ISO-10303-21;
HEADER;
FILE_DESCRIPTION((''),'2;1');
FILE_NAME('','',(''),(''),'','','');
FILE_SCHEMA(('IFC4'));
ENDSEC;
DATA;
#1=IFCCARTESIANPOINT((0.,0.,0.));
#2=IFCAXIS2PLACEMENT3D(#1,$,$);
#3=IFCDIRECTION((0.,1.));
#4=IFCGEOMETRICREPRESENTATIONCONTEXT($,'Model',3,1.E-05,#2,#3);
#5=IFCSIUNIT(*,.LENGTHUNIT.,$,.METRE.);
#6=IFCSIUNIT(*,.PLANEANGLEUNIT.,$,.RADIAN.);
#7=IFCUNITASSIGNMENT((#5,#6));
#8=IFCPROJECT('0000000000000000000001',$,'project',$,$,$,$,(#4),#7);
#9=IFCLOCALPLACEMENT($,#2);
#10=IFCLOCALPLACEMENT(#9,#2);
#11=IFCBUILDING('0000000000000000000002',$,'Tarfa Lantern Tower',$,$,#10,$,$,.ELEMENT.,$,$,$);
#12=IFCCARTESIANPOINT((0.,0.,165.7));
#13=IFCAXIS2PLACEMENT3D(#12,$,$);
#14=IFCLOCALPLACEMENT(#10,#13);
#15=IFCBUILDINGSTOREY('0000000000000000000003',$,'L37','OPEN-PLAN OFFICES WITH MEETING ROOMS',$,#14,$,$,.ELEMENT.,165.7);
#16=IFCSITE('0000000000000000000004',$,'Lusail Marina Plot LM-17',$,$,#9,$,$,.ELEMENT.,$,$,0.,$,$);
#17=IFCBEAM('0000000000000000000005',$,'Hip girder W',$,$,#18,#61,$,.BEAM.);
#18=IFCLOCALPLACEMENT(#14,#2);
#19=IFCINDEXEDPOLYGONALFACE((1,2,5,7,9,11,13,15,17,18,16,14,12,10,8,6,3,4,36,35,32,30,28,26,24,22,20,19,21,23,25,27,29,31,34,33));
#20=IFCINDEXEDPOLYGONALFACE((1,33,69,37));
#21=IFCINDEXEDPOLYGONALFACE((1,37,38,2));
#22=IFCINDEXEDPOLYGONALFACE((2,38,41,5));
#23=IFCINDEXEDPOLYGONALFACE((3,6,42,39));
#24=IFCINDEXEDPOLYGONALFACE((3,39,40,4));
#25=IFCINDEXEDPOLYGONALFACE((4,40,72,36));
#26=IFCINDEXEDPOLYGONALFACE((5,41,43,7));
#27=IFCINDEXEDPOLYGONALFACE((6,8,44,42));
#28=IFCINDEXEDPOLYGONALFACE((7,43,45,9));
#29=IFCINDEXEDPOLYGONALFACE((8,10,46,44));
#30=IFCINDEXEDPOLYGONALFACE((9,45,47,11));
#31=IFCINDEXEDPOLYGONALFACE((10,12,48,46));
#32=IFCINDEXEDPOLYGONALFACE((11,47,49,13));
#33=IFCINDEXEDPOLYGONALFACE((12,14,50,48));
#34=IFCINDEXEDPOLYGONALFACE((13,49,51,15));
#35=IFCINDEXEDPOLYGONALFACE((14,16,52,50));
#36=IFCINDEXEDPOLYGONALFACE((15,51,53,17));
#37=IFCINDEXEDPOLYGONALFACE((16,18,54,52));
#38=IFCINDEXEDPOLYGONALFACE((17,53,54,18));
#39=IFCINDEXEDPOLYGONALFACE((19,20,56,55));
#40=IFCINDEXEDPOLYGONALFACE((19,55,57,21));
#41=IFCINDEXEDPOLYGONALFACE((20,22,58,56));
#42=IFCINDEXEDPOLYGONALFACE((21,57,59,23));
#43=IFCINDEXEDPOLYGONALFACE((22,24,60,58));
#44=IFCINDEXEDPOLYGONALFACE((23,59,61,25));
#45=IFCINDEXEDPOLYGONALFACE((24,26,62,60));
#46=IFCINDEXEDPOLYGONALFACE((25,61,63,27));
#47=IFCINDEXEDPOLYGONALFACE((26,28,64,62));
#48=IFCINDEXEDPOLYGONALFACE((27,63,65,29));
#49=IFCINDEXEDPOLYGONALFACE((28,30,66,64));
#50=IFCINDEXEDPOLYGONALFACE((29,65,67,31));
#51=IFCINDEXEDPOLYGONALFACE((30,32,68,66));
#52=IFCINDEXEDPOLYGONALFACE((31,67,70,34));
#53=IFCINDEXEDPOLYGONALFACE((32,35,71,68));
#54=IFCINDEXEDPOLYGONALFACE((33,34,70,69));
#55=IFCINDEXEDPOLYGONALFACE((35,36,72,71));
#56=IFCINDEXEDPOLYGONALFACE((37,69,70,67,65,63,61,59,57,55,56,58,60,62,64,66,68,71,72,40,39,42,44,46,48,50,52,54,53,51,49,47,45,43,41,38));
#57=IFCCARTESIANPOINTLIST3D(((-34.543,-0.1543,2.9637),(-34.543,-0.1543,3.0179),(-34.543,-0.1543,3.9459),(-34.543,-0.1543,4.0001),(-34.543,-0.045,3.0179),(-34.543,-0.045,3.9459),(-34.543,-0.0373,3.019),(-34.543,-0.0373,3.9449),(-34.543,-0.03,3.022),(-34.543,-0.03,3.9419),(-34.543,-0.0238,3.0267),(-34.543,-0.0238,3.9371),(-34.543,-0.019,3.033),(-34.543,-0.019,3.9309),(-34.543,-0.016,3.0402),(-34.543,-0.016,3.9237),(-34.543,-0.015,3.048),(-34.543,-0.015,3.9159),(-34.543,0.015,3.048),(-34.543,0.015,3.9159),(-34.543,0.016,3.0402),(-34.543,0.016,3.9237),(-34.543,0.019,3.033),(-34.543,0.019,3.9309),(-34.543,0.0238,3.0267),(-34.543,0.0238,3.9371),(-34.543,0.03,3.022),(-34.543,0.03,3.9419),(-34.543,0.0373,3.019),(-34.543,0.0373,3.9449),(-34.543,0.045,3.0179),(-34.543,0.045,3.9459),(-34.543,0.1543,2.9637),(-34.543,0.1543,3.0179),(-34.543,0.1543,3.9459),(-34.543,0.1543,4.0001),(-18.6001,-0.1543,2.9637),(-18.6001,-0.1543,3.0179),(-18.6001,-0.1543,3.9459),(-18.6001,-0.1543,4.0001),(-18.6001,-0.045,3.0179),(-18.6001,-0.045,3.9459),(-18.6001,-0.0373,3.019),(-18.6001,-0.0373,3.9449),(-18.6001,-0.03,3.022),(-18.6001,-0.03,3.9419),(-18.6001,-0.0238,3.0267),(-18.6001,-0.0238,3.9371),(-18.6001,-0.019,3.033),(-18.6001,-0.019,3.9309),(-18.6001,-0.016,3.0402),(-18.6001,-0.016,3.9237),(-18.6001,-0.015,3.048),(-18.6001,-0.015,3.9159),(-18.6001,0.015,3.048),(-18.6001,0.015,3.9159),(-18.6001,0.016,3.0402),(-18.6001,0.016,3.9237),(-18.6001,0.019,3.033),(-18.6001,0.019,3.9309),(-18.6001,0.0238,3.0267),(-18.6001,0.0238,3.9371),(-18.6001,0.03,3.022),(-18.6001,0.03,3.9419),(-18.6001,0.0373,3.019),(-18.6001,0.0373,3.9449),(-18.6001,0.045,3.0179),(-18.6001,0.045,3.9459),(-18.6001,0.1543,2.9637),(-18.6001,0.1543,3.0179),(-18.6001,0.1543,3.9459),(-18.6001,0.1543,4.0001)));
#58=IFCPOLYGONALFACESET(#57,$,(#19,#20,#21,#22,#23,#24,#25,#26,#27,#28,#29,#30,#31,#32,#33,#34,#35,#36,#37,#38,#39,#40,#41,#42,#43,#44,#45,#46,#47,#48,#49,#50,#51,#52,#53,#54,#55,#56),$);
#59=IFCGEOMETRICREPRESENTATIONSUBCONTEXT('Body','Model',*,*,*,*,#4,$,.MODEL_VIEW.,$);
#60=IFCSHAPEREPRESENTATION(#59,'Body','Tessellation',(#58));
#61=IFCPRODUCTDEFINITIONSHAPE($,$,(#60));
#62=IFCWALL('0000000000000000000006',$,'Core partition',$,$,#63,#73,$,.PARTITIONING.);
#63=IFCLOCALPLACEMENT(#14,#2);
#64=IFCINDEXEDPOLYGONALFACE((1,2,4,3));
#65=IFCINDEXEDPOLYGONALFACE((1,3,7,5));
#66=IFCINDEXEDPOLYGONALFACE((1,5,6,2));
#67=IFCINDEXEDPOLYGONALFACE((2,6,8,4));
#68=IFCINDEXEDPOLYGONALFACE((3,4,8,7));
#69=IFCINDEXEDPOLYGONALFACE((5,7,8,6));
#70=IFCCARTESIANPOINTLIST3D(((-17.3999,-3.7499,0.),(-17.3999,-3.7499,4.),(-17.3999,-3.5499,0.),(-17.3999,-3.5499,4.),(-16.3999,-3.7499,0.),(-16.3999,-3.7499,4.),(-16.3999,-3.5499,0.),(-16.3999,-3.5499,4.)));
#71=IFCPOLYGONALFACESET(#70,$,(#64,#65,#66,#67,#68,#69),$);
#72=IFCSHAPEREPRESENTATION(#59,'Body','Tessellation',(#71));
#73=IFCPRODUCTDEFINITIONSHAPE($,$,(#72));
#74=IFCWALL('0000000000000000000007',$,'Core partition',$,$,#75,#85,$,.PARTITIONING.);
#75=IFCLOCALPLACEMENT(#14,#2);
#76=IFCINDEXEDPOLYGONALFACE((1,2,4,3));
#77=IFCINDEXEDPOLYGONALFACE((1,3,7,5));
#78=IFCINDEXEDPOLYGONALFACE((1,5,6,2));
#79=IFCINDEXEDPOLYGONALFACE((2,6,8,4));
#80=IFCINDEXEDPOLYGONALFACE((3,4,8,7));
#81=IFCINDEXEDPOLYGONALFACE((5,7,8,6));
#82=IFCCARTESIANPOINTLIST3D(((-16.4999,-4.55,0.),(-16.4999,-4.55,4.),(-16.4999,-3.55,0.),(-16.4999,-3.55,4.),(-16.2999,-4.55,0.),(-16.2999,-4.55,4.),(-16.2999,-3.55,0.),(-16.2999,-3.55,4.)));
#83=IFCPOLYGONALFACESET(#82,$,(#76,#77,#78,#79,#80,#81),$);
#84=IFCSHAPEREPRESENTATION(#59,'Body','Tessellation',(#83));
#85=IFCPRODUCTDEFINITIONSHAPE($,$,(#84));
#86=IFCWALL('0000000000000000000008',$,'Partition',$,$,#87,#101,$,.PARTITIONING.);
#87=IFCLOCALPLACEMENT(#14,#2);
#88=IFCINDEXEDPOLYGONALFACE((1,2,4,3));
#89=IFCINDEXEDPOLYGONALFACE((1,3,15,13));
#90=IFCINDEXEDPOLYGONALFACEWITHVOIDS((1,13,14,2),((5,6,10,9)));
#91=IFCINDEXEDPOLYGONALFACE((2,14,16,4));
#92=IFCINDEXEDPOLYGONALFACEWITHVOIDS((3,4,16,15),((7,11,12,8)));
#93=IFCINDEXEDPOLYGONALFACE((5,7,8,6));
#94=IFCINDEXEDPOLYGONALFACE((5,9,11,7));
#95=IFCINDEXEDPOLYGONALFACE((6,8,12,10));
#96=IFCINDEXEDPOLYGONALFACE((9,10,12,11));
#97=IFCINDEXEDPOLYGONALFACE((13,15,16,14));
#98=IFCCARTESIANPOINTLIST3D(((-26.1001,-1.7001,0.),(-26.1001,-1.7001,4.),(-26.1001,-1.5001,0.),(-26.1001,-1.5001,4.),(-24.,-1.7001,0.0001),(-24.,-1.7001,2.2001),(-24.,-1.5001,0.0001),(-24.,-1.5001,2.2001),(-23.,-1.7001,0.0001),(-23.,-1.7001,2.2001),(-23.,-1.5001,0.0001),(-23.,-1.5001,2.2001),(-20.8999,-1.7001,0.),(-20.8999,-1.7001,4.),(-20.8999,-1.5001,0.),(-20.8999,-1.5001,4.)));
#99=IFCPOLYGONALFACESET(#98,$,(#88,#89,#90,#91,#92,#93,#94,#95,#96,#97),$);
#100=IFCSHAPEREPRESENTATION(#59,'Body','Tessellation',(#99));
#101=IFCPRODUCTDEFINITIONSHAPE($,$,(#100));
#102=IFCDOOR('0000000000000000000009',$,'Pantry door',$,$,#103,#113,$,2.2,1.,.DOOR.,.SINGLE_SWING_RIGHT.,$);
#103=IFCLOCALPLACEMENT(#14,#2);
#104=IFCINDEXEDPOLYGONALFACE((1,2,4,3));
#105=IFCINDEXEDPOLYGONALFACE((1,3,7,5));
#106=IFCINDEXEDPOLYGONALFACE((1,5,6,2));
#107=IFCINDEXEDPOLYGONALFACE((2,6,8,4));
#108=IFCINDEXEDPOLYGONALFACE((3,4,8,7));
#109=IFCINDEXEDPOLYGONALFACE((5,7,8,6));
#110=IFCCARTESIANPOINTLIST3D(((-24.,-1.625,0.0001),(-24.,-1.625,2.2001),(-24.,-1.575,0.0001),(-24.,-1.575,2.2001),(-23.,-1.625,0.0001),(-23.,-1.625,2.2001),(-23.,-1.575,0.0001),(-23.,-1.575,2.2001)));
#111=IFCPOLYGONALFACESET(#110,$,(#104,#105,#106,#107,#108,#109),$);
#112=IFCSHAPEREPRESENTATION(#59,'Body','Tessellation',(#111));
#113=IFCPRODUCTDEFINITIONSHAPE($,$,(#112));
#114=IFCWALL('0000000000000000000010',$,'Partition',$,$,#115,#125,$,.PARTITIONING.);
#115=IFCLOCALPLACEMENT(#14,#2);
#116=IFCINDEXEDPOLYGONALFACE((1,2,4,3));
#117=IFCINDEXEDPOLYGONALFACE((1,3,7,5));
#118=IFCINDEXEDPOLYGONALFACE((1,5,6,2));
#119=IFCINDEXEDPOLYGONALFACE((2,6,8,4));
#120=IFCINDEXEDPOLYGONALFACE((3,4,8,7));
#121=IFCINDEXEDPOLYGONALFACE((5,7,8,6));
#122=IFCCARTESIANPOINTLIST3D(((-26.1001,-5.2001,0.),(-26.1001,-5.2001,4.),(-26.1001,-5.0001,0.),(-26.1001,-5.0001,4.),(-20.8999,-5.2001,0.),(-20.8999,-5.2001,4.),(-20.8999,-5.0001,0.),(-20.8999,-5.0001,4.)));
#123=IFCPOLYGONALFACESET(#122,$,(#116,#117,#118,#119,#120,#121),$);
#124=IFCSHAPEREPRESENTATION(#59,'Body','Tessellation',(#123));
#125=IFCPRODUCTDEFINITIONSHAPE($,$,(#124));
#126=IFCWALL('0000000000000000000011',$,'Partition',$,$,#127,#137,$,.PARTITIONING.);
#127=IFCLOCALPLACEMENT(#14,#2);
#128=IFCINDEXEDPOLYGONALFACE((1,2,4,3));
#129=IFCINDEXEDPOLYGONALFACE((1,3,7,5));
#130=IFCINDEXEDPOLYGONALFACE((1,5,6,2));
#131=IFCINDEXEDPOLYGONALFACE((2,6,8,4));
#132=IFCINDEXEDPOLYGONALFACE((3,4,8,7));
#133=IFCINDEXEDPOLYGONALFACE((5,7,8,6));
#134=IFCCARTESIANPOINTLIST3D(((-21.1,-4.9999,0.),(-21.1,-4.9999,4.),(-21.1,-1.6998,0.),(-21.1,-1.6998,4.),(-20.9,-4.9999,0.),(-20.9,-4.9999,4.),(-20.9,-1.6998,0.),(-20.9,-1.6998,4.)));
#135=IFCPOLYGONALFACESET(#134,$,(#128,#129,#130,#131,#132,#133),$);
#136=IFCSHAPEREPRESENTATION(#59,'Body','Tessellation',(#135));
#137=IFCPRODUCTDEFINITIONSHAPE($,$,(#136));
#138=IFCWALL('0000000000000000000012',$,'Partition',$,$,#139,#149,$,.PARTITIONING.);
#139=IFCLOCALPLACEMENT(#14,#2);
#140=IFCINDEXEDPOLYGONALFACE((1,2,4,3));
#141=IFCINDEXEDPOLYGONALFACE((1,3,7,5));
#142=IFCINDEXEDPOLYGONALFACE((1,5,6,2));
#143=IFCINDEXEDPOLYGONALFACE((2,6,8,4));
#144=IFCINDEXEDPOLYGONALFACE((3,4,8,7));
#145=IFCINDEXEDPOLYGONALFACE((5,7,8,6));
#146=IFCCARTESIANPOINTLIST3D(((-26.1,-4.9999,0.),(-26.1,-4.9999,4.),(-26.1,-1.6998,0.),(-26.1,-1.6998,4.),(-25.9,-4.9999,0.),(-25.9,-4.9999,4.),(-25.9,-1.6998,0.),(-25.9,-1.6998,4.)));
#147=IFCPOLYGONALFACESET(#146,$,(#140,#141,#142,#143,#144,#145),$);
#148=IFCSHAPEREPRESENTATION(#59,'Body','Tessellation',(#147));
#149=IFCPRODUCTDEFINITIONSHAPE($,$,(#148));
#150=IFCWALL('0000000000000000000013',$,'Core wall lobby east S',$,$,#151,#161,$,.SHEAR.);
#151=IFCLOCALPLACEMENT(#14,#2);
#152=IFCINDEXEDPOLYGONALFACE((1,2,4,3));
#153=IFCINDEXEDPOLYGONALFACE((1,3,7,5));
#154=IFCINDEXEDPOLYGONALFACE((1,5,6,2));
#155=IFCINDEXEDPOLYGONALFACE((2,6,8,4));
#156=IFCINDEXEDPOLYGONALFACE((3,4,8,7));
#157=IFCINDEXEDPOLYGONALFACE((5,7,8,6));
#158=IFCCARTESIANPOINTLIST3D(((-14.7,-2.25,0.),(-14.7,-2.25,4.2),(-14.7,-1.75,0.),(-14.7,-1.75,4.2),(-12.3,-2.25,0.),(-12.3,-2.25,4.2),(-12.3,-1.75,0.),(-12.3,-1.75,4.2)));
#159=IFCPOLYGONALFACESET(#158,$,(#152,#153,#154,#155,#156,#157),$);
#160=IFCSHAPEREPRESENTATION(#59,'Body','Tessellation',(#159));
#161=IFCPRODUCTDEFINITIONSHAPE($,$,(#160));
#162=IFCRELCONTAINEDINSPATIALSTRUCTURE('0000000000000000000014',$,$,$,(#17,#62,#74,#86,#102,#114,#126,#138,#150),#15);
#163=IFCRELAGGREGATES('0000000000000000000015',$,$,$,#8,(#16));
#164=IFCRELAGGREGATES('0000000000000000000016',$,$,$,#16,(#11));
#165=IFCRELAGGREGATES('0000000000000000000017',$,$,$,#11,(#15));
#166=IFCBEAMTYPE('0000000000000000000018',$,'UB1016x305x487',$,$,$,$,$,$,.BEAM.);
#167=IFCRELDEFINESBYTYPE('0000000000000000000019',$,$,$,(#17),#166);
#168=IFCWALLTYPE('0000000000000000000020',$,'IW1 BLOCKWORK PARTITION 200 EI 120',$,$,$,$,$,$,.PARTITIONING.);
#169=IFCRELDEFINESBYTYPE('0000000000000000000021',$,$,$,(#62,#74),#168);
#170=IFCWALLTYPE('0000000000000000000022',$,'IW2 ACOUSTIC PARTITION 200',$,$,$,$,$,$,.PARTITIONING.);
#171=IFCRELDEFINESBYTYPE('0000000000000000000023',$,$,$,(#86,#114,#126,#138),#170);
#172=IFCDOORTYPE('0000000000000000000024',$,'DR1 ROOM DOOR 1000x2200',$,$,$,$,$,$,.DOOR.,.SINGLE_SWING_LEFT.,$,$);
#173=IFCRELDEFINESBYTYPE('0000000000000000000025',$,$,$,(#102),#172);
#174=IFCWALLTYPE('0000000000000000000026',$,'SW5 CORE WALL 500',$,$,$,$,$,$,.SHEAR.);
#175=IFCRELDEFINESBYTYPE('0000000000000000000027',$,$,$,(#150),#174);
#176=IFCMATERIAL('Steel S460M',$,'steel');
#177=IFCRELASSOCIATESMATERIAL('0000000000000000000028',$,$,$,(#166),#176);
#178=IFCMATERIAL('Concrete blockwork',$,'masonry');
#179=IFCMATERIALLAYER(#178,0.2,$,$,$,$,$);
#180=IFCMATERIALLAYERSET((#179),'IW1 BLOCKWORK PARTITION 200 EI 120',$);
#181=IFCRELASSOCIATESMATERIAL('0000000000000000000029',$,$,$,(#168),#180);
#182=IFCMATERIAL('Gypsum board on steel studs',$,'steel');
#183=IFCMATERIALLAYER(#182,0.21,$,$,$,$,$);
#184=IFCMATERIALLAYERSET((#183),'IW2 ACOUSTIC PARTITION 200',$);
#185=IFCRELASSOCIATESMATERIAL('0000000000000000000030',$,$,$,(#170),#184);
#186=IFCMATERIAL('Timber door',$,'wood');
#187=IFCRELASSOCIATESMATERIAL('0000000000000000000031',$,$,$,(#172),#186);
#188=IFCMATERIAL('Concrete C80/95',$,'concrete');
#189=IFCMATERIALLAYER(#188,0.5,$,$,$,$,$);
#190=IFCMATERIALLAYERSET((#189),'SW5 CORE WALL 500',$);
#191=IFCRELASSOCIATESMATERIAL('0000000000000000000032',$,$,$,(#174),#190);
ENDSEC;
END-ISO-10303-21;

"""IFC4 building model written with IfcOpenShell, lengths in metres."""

from ifc_helpers import new_model, si_unit, direction, frame, frame_2d, origin, origin_2d, place, context, subcontext, project, spatial, rectangle, i_section, extrude, material, layer, layer_set, material_profile, profile_set, type_object, element, fill, save


model = new_model("IFC4")

# Units and contexts
model_context = context("Model", 3, precision=1e-05, world=origin(), true_north=direction((0.0, 1.0)))
body_context = subcontext(model_context, "Body", "Model", "MODEL_VIEW")
ifc_project = project(units=[si_unit("LENGTHUNIT", "METRE"), si_unit("PLANEANGLEUNIT", "RADIAN")], contexts=[model_context])

# Site, building, storey
site_placement = place(None, origin())
site = spatial("IfcSite", under=ifc_project, at=site_placement, Name="Lusail Marina Plot LM-17", CompositionType="ELEMENT", RefElevation=0.0)
building_placement = place(site_placement, origin())
building = spatial("IfcBuilding", under=site, at=building_placement, Name="Tarfa Lantern Tower", CompositionType="ELEMENT")
storey_placement = place(building_placement, frame((0.0, 0.0, 165.7)))
storey = spatial("IfcBuildingStorey", under=building, at=storey_placement, Name="L37", Description="OPEN-PLAN OFFICES WITH MEETING ROOMS", CompositionType="ELEMENT", Elevation=165.7)

# Beam
ifc_material_1 = material(Name="Steel S460M", Category="steel")
ifc_material_profile = material_profile(ifc_material_1, i_section(OverallWidth=0.3086, OverallDepth=1.0364, WebThickness=0.03, FlangeThickness=0.0542, FilletRadius=0.03, at=origin_2d()), Name="UB1016x305x487")
ifc_profile_set = profile_set([ifc_material_profile], Name="Steel S460M")
beam_type = type_object("IfcBeamType", Name="UB1016x305x487", PredefinedType="BEAM", material=ifc_profile_set)
beam_placement = place(storey_placement, frame((-18.6001, 0.0, 3.4819), z_axis=(-1.0, 0.0, 0.0), x_axis=(0.0, -1.0, 0.0)))
element("IfcBeam", 1, at=beam_placement, inside=storey, type_object=beam_type, Name="Hip girder W", PredefinedType="BEAM", context=body_context, shape_type="SweptSolid", body=[
    extrude(i_section(OverallWidth=0.3086, OverallDepth=1.0364, WebThickness=0.03, FlangeThickness=0.0542, FilletRadius=0.03, at=origin_2d()), origin(), (0.0, 0.0, 1.0), 15.9429),
])

# Walls
ifc_material_2 = material(Name="Concrete blockwork", Category="masonry")
ifc_layer_1 = layer(ifc_material_2, 0.2)
ifc_layer_set_1 = layer_set([ifc_layer_1], Name="IW1 BLOCKWORK PARTITION 200 EI 120")
wall_type_1 = type_object("IfcWallType", Name="IW1 BLOCKWORK PARTITION 200 EI 120", PredefinedType="PARTITIONING", material=ifc_layer_set_1)
for number, where, z_axis, x_axis, name in (
    (2, (-16.3999, -3.6499, 0.0), (0.0, 0.0, 1.0), (-1.0, 0.0, 0.0), "Core partition"),
    (3, (-16.3999, -3.55, 0.0), (0.0, 0.0, 1.0), (0.0, -1.0, 0.0), "Core partition"),
):
    element("IfcWall", number, at=place(storey_placement, frame(where, z_axis=z_axis, x_axis=x_axis)), inside=storey, type_object=wall_type_1, Name=name, PredefinedType="PARTITIONING", context=body_context, shape_type="SweptSolid", body=[
        extrude(rectangle(XDim=1.0, YDim=0.2, at=frame_2d((0.5, 0.0))), origin(), (0.0, 0.0, 1.0), 4.0),
    ])

# Wall, opening, door
ifc_material_3 = material(Name="Gypsum board on steel studs", Category="steel")
ifc_layer_2 = layer(ifc_material_3, 0.21)
ifc_layer_set_2 = layer_set([ifc_layer_2], Name="IW2 ACOUSTIC PARTITION 200")
wall_type_2 = type_object("IfcWallType", Name="IW2 ACOUSTIC PARTITION 200", PredefinedType="PARTITIONING", material=ifc_layer_set_2)
wall_1_placement = place(storey_placement, frame((-20.8999, -1.6001, 0.0), z_axis=(0.0, 0.0, 1.0), x_axis=(-1.0, 0.0, 0.0)))
wall_1 = element("IfcWall", 4, at=wall_1_placement, inside=storey, type_object=wall_type_2, Name="Partition", PredefinedType="PARTITIONING", context=body_context, shape_type="SweptSolid", body=[
    extrude(rectangle(XDim=5.2002, YDim=0.2, at=frame_2d((2.6001, 0.0))), origin(), (0.0, 0.0, 1.0), 4.0),
])
opening_1_placement = place(wall_1_placement, frame((2.1001, 0.0, 0.0)))
opening_1 = element("IfcOpeningElement", 5, at=opening_1_placement, cuts=wall_1, PredefinedType="OPENING", context=body_context, shape_type="SweptSolid", body=[
    extrude(rectangle(XDim=1.0, YDim=2.2, at=frame_2d((0.5, 1.1001))), frame((0.0, 0.1099, 0.0), z_axis=(0.0, -1.0, 0.0), x_axis=(1.0, 0.0, 0.0)), (0.0, 0.0, 1.0), 0.22),
])
ifc_material_4 = material(Name="Timber door", Category="wood")
door_type_1 = type_object("IfcDoorType", Name="DR1 ROOM DOOR 1000x2200", OperationType="SINGLE_SWING_LEFT", PredefinedType="DOOR", material=ifc_material_4)
door_1_placement = place(opening_1_placement, origin())
door_1 = element("IfcDoor", 6, at=door_1_placement, inside=storey, type_object=door_type_1, Name="Pantry door", OperationType="SINGLE_SWING_RIGHT", OverallHeight=2.2, OverallWidth=1.0, PredefinedType="DOOR", context=body_context, shape_type="SweptSolid", body=[
    extrude(rectangle(XDim=1.0, YDim=2.2, at=frame_2d((0.5, 1.1001))), frame((0.0, 0.0249, 0.0), z_axis=(0.0, -1.0, 0.0), x_axis=(1.0, 0.0, 0.0)), (0.0, 0.0, 1.0), 0.05),
])
fill(opening_1, door_1)

# Walls
wall_2_placement = place(storey_placement, frame((-20.8999, -5.1001, 0.0), z_axis=(0.0, 0.0, 1.0), x_axis=(-1.0, 0.0, 0.0)))
element("IfcWall", 7, at=wall_2_placement, inside=storey, type_object=wall_type_2, Name="Partition", PredefinedType="PARTITIONING", context=body_context, shape_type="SweptSolid", body=[
    extrude(rectangle(XDim=5.2002, YDim=0.2, at=frame_2d((2.6001, 0.0))), origin(), (0.0, 0.0, 1.0), 4.0),
])
for number, where, z_axis, x_axis, name in (
    (8, (-21.0, -1.7, 0.0), (0.0, 0.0, 1.0), (0.0, -1.0, 0.0), "Partition"),
    (9, (-26.0, -1.7, 0.0), (0.0, 0.0, 1.0), (0.0, -1.0, 0.0), "Partition"),
):
    element("IfcWall", number, at=place(storey_placement, frame(where, z_axis=z_axis, x_axis=x_axis)), inside=storey, type_object=wall_type_2, Name=name, PredefinedType="PARTITIONING", context=body_context, shape_type="SweptSolid", body=[
        extrude(rectangle(XDim=3.3, YDim=0.2, at=frame_2d((1.6499, 0.0))), origin(), (0.0, 0.0, 1.0), 4.0),
    ])
ifc_material_5 = material(Name="Concrete C80/95", Category="concrete")
ifc_layer_3 = layer(ifc_material_5, 0.5)
ifc_layer_set_3 = layer_set([ifc_layer_3], Name="SW5 CORE WALL 500")
wall_type_3 = type_object("IfcWallType", Name="SW5 CORE WALL 500", PredefinedType="SHEAR", material=ifc_layer_set_3)
wall_3_placement = place(storey_placement, frame((-12.3, -2.0, 0.0), z_axis=(0.0, 0.0, 1.0), x_axis=(-1.0, 0.0, 0.0)))
element("IfcWall", 10, at=wall_3_placement, inside=storey, type_object=wall_type_3, Name="Core wall lobby east S", PredefinedType="SHEAR", context=body_context, shape_type="SweptSolid", body=[
    extrude(rectangle(XDim=2.3999, YDim=0.5, at=frame_2d((1.2, 0.0))), origin(), (0.0, 0.0, 1.0), 4.2),
])

save(model, "model.ifc")
